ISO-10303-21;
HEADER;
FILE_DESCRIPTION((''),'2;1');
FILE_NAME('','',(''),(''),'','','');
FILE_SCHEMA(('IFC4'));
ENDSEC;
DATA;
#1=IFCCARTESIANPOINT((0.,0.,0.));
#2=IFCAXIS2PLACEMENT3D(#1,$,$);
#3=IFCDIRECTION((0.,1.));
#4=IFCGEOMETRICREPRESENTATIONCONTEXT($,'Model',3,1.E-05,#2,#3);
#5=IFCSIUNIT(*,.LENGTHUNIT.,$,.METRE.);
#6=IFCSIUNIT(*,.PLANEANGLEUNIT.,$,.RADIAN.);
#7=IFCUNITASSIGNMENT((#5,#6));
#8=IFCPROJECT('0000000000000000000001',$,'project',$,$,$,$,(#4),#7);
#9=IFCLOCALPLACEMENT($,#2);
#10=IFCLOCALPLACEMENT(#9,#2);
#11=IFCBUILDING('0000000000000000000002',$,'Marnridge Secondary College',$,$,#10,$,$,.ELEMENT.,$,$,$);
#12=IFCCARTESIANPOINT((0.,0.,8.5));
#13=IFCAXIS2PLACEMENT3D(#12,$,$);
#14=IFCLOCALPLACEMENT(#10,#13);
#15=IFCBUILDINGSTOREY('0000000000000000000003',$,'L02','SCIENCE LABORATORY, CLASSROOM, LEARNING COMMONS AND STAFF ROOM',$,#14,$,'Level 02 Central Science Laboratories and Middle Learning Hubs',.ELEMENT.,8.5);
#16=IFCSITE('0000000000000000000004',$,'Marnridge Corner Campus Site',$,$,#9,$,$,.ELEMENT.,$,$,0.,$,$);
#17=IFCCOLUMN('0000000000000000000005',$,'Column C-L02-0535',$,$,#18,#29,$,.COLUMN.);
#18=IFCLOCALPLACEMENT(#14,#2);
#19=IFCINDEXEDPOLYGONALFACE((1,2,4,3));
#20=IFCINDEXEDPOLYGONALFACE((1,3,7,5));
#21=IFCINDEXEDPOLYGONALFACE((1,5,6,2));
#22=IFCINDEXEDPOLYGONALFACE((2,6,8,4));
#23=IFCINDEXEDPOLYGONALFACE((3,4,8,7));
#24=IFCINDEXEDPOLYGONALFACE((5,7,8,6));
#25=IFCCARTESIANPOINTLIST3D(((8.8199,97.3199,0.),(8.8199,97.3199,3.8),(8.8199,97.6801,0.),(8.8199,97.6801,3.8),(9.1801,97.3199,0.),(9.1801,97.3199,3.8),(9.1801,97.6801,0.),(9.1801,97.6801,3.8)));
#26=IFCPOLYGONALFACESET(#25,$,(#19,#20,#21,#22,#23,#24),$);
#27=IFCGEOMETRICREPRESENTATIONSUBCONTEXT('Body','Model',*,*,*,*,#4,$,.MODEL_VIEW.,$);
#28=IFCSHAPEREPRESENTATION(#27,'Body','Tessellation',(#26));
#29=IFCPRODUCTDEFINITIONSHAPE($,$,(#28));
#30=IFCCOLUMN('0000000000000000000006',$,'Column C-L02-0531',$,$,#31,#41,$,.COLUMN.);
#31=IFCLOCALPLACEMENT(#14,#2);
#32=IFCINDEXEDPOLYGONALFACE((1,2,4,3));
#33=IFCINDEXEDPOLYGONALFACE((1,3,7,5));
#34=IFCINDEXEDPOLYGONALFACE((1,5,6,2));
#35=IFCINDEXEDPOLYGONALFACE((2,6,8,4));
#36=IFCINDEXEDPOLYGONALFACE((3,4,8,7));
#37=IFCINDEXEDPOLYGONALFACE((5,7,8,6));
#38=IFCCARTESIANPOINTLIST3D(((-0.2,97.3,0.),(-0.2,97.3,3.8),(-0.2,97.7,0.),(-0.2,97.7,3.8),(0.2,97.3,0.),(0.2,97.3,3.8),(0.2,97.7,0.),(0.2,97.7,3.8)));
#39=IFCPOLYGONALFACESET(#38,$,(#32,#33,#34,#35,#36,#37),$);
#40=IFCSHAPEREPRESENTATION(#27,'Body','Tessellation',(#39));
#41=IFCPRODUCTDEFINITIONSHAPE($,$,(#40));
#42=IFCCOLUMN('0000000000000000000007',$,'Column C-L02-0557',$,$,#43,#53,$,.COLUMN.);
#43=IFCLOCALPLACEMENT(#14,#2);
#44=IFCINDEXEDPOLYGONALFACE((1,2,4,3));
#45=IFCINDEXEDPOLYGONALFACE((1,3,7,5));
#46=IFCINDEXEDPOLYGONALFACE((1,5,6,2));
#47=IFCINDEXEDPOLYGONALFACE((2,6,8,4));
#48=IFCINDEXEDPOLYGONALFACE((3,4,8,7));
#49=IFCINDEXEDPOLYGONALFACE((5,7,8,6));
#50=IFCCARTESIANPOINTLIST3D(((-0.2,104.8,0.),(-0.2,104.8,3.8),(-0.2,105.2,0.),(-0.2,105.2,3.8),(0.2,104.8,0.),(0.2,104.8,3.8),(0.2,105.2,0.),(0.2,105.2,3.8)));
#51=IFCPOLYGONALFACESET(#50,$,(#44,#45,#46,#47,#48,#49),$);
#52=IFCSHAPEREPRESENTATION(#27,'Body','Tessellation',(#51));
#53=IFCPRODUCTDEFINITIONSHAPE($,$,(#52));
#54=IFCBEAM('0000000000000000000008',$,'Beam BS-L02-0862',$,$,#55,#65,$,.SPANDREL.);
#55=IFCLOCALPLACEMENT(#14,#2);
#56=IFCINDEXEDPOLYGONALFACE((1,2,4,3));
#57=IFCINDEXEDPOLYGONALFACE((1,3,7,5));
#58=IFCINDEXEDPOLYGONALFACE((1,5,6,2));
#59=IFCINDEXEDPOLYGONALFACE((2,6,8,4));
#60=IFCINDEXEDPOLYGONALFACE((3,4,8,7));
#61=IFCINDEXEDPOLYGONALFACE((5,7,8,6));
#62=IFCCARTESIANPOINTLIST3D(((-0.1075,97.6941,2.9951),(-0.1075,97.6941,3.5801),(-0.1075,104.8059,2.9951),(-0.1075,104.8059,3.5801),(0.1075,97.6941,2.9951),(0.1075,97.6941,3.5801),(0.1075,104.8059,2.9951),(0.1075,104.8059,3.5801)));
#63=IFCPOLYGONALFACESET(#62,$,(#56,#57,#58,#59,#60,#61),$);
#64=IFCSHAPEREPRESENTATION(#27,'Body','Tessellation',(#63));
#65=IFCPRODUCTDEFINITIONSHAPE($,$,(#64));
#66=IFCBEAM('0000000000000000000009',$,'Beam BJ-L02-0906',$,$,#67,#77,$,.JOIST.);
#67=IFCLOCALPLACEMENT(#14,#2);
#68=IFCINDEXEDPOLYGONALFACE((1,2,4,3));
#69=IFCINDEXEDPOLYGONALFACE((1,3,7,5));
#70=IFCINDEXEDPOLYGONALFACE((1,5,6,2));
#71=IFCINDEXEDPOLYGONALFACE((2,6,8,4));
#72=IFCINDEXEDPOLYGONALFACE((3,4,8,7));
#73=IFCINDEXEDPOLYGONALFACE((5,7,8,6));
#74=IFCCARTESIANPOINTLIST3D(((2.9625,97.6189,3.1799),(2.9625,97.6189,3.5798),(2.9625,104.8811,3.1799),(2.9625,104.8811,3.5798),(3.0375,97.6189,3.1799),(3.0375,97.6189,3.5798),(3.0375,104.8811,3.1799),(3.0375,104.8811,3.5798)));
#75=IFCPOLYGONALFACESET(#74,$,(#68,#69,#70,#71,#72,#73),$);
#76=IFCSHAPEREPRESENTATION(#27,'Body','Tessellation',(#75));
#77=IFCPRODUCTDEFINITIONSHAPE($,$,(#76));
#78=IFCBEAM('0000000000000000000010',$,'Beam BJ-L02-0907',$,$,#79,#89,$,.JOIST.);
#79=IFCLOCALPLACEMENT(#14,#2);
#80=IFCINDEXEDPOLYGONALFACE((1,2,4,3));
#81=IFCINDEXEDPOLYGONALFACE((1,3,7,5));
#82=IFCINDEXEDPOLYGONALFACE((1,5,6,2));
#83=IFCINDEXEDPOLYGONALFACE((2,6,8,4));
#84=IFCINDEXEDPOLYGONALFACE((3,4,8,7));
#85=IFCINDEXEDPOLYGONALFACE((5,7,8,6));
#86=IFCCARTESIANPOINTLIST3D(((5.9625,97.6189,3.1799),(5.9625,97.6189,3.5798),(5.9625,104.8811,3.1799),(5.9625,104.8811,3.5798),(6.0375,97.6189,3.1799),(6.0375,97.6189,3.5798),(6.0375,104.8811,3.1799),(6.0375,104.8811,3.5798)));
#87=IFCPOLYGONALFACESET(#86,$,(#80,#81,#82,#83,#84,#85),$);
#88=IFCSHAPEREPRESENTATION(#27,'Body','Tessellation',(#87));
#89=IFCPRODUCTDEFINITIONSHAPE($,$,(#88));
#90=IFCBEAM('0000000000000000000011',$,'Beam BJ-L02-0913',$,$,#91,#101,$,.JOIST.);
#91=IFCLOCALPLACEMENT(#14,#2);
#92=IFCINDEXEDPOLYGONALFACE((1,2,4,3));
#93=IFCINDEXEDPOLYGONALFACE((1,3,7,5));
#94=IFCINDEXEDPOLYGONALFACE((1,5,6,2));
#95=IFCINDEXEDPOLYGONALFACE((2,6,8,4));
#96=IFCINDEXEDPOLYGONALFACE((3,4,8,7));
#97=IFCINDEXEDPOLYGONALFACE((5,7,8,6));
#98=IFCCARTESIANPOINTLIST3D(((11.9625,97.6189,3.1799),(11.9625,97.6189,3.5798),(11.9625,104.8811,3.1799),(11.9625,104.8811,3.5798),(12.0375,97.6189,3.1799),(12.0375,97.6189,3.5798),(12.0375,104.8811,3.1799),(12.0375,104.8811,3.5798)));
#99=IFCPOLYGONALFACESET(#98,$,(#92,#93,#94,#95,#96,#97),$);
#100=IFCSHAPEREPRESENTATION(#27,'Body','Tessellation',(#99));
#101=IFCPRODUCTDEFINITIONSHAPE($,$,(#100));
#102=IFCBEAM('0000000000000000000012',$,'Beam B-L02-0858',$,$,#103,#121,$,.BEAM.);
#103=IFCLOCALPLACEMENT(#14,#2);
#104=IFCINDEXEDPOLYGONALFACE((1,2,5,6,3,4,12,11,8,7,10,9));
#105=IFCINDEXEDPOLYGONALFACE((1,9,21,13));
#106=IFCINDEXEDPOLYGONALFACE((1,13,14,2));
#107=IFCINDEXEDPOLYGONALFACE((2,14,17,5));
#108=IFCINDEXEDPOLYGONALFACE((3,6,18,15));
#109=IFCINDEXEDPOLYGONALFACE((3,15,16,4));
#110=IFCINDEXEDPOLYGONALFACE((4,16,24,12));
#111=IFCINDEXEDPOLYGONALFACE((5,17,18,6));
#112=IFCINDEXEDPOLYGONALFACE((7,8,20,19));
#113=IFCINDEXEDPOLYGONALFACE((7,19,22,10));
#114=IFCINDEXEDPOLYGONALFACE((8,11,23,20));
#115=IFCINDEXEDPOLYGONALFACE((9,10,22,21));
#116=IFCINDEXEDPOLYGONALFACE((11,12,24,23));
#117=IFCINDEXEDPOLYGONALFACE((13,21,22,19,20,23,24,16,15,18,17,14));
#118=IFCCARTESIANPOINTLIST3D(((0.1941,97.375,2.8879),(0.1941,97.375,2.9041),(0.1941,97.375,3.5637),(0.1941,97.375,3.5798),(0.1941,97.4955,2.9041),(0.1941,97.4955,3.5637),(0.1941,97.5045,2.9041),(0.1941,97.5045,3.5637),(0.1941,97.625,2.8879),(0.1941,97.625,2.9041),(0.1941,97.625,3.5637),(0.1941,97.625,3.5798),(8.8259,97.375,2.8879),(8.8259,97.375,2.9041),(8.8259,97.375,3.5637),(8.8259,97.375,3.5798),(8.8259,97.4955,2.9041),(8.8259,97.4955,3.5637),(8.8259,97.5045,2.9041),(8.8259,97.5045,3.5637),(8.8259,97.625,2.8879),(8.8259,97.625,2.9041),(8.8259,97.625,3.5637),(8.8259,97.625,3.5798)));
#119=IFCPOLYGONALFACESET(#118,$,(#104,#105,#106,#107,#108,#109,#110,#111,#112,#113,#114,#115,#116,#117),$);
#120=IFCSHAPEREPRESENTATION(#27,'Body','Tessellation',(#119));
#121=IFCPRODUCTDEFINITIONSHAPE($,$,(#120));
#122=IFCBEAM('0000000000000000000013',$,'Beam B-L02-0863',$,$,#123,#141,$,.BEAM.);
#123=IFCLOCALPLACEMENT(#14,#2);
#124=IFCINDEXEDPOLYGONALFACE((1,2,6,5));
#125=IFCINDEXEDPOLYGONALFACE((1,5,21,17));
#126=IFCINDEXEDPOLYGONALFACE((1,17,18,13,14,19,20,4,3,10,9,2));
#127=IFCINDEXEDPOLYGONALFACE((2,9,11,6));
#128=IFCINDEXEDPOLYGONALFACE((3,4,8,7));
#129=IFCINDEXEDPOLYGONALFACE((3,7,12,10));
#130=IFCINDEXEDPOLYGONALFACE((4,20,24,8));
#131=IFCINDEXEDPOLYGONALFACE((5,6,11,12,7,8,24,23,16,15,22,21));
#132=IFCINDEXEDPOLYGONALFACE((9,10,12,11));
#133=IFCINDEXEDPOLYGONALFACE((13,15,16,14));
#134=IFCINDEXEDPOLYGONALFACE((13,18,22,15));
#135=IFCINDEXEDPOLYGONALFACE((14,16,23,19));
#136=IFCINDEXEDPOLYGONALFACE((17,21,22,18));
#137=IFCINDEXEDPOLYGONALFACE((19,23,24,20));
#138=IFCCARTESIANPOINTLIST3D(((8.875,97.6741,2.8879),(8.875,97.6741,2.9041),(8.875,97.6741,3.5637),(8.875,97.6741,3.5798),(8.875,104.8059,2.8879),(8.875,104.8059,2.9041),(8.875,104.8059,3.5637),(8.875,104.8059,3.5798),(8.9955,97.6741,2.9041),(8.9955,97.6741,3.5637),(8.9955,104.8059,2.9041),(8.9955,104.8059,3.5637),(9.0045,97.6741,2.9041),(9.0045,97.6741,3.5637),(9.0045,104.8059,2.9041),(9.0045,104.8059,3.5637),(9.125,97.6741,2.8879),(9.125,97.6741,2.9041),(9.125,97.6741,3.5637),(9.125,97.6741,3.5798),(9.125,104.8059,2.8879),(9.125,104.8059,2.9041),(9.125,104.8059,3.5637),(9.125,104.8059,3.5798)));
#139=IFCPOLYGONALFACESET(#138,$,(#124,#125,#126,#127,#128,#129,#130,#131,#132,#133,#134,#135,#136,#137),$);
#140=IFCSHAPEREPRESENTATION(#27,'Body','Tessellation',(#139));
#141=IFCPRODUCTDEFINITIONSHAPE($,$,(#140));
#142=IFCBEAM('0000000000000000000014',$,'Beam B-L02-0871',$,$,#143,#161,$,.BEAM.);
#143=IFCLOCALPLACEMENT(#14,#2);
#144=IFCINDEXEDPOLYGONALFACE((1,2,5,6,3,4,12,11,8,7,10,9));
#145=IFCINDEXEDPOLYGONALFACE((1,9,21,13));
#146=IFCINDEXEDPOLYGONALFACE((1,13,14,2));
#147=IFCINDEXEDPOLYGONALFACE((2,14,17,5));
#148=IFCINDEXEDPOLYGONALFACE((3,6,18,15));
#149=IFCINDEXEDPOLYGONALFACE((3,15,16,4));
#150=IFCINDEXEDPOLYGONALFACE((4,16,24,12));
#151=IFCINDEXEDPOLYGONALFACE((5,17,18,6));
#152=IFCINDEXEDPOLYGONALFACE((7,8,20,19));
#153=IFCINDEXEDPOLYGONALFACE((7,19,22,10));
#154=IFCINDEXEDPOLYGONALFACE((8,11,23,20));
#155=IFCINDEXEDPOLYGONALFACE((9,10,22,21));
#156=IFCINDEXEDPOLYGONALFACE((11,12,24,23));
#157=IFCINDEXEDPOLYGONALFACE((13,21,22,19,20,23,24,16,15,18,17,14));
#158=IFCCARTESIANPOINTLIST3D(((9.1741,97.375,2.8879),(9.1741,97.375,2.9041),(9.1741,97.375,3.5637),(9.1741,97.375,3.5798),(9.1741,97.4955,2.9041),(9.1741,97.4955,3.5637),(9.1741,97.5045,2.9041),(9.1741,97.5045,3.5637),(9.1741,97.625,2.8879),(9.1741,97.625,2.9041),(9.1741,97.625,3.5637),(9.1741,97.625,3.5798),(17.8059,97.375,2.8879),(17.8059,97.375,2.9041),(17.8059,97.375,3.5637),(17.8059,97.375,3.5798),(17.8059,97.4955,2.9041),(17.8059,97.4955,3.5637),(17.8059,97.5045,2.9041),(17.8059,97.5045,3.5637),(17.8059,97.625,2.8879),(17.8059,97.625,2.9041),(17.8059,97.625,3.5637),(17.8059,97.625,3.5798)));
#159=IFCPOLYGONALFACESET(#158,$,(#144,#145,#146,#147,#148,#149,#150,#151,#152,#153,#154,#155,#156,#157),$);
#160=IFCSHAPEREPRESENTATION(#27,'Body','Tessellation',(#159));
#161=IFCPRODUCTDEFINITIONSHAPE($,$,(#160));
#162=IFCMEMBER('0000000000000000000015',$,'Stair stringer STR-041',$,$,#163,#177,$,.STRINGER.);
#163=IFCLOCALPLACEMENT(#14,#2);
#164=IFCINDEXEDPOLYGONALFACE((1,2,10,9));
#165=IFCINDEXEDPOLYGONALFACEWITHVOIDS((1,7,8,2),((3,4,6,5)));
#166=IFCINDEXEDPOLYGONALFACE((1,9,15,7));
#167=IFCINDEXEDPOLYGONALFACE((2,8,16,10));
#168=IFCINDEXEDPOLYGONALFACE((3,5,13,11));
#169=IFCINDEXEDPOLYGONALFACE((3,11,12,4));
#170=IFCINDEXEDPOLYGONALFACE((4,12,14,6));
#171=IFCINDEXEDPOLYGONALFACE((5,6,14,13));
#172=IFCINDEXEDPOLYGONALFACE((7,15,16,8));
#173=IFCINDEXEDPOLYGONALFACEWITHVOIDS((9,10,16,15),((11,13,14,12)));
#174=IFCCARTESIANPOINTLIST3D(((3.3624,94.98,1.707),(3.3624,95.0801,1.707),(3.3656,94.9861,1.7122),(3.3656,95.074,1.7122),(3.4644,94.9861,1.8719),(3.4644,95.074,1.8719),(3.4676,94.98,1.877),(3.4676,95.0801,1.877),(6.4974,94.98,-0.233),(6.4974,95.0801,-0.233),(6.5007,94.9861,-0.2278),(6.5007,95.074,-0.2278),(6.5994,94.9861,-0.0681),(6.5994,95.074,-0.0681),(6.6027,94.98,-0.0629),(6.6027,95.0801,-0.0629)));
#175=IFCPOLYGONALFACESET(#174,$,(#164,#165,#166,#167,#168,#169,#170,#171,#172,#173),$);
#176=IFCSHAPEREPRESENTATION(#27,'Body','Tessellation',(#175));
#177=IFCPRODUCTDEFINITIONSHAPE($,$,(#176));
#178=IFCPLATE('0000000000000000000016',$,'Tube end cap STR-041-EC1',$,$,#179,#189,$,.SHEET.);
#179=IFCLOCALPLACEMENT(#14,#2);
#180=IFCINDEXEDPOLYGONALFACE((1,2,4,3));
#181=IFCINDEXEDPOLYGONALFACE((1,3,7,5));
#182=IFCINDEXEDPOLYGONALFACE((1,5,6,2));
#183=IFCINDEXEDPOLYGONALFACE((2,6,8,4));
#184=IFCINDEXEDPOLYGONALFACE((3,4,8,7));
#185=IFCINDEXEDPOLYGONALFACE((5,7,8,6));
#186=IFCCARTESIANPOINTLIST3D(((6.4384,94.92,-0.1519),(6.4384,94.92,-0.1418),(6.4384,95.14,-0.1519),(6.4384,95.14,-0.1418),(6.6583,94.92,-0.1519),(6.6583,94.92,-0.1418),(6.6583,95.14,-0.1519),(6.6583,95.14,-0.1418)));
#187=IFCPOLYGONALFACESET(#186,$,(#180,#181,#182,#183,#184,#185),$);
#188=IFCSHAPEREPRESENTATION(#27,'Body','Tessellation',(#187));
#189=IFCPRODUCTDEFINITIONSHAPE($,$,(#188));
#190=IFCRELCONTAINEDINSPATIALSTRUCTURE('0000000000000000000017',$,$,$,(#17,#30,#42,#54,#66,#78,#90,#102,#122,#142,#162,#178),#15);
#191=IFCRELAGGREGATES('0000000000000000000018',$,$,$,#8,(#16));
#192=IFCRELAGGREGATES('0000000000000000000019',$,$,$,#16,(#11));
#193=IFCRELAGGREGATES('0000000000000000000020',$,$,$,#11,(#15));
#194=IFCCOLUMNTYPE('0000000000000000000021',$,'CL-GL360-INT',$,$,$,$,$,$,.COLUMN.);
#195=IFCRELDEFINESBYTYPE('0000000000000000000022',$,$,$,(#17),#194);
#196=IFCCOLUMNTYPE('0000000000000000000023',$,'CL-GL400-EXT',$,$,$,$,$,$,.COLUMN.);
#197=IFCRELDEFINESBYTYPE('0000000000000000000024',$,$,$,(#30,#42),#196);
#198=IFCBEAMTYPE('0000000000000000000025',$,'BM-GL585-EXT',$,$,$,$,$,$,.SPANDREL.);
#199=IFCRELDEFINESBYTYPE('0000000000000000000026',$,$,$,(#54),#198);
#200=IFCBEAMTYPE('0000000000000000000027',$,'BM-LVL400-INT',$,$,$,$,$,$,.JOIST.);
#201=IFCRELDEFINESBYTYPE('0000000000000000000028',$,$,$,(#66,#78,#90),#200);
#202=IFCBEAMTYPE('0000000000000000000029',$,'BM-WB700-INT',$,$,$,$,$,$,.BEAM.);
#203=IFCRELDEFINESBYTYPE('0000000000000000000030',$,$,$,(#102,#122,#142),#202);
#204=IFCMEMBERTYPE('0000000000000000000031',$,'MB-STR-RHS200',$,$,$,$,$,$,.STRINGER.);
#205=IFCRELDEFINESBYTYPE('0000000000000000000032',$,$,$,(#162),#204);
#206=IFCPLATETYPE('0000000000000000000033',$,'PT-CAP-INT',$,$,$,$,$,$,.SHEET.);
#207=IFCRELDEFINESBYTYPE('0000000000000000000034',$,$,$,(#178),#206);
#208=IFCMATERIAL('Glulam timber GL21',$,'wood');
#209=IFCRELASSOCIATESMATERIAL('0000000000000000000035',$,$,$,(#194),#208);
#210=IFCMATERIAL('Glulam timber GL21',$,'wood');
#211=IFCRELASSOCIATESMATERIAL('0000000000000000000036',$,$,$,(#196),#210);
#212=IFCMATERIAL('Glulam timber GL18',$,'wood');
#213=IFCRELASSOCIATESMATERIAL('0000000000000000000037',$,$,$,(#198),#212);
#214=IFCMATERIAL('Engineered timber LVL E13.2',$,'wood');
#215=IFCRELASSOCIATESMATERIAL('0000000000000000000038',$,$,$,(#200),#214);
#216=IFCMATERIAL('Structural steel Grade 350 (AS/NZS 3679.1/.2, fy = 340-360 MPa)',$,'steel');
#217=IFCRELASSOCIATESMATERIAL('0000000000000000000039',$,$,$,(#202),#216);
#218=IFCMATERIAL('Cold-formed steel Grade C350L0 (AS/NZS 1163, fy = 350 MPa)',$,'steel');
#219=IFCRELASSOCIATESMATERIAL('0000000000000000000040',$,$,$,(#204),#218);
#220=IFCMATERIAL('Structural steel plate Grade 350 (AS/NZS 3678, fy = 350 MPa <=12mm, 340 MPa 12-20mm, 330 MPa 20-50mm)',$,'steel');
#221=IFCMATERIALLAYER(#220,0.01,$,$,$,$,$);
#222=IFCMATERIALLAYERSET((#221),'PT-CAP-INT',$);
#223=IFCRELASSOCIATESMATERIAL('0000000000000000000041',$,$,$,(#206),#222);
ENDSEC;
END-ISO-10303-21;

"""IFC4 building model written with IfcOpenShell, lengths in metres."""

from ifc_helpers import new_model, si_unit, direction, frame, origin, origin_2d, place, context, subcontext, project, spatial, rectangle, hollow_rectangle, i_section, extrude, material, layer, layer_set, material_profile, profile_set, type_object, element, save


model = new_model("IFC4")

# Units and contexts
model_context = context("Model", 3, precision=1e-05, world=origin(), true_north=direction((0.0, 1.0)))
body_context = subcontext(model_context, "Body", "Model", "MODEL_VIEW")
ifc_project = project(units=[si_unit("LENGTHUNIT", "METRE"), si_unit("PLANEANGLEUNIT", "RADIAN")], contexts=[model_context])

# Site, building, storey
site_placement = place(None, origin())
site = spatial("IfcSite", under=ifc_project, at=site_placement, Name="Marnridge Corner Campus Site", CompositionType="ELEMENT", RefElevation=0.0)
building_placement = place(site_placement, origin())
building = spatial("IfcBuilding", under=site, at=building_placement, Name="Marnridge Secondary College", CompositionType="ELEMENT")
storey_placement = place(building_placement, frame((0.0, 0.0, 8.5)))
storey = spatial("IfcBuildingStorey", under=building, at=storey_placement, Name="L02", Description="SCIENCE LABORATORY, CLASSROOM, LEARNING COMMONS AND STAFF ROOM", LongName="Level 02 Central Science Laboratories and Middle Learning Hubs", CompositionType="ELEMENT", Elevation=8.5)

# Columns
ifc_material_1 = material(Name="Glulam timber GL21", Category="wood")
ifc_material_profile_1 = material_profile(ifc_material_1, rectangle(XDim=0.3601, YDim=0.3601, at=origin_2d()), Name="GL21 360x360")
ifc_profile_set_1 = profile_set([ifc_material_profile_1], Name="Glulam timber GL21")
column_type_1 = type_object("IfcColumnType", Name="CL-GL360-INT", PredefinedType="COLUMN", material=ifc_profile_set_1)
column_placement = place(storey_placement, frame((9.0, 97.5, 0.0), z_axis=(0.0, 0.0, 1.0), x_axis=(1.0, 0.0, 0.0)))
element("IfcColumn", 1, at=column_placement, inside=storey, type_object=column_type_1, Name="Column C-L02-0535", PredefinedType="COLUMN", context=body_context, shape_type="SweptSolid", body=[
    extrude(rectangle(XDim=0.3601, YDim=0.3601, at=origin_2d()), origin(), (0.0, 0.0, 1.0), 3.8),
])
ifc_material_2 = material(Name="Glulam timber GL21", Category="wood")
ifc_material_profile_2 = material_profile(ifc_material_2, rectangle(XDim=0.3999, YDim=0.3999, at=origin_2d()), Name="GL21 400x400")
ifc_profile_set_2 = profile_set([ifc_material_profile_2], Name="Glulam timber GL21")
column_type_2 = type_object("IfcColumnType", Name="CL-GL400-EXT", PredefinedType="COLUMN", material=ifc_profile_set_2)
for number, where, z_axis, x_axis, name in (
    (2, (0.0, 97.5, 0.0), (0.0, 0.0, 1.0), (1.0, 0.0, 0.0), "Column C-L02-0531"),
    (3, (0.0, 105.0, 0.0), (0.0, 0.0, 1.0), (1.0, 0.0, 0.0), "Column C-L02-0557"),
):
    element("IfcColumn", number, at=place(storey_placement, frame(where, z_axis=z_axis, x_axis=x_axis)), inside=storey, type_object=column_type_2, Name=name, PredefinedType="COLUMN", context=body_context, shape_type="SweptSolid", body=[
        extrude(rectangle(XDim=0.3999, YDim=0.3999, at=origin_2d()), origin(), (0.0, 0.0, 1.0), 3.8),
    ])

# Beams
ifc_material_3 = material(Name="Glulam timber GL18", Category="wood")
ifc_material_profile_3 = material_profile(ifc_material_3, rectangle(XDim=0.2151, YDim=0.585, at=origin_2d()), Name="GL18 215x585")
ifc_profile_set_3 = profile_set([ifc_material_profile_3], Name="Glulam timber GL18")
beam_type_1 = type_object("IfcBeamType", Name="BM-GL585-EXT", PredefinedType="SPANDREL", material=ifc_profile_set_3)
beam_1_placement = place(storey_placement, frame((0.0, 97.6941, 3.2876), z_axis=(0.0, 1.0, 0.0), x_axis=(-1.0, 0.0, 0.0)))
element("IfcBeam", 4, at=beam_1_placement, inside=storey, type_object=beam_type_1, Name="Beam BS-L02-0862", PredefinedType="SPANDREL", context=body_context, shape_type="SweptSolid", body=[
    extrude(rectangle(XDim=0.2151, YDim=0.585, at=origin_2d()), origin(), (0.0, 0.0, 1.0), 7.1118),
])
ifc_material_4 = material(Name="Engineered timber LVL E13.2", Category="wood")
ifc_material_profile_4 = material_profile(ifc_material_4, rectangle(XDim=0.075, YDim=0.3999, at=origin_2d()), Name="LVL 75x400")
ifc_profile_set_4 = profile_set([ifc_material_profile_4], Name="Engineered timber LVL E13.2")
beam_type_2 = type_object("IfcBeamType", Name="BM-LVL400-INT", PredefinedType="JOIST", material=ifc_profile_set_4)
for number, where, z_axis, x_axis, name in (
    (5, (3.0, 97.6189, 3.3799), (0.0, 1.0, 0.0), (-1.0, 0.0, 0.0), "Beam BJ-L02-0906"),
    (6, (6.0, 97.6189, 3.3799), (0.0, 1.0, 0.0), (-1.0, 0.0, 0.0), "Beam BJ-L02-0907"),
    (7, (12.0, 97.6189, 3.3799), (0.0, 1.0, 0.0), (-1.0, 0.0, 0.0), "Beam BJ-L02-0913"),
):
    element("IfcBeam", number, at=place(storey_placement, frame(where, z_axis=z_axis, x_axis=x_axis)), inside=storey, type_object=beam_type_2, Name=name, PredefinedType="JOIST", context=body_context, shape_type="SweptSolid", body=[
        extrude(rectangle(XDim=0.075, YDim=0.3999, at=origin_2d()), origin(), (0.0, 0.0, 1.0), 7.2622),
    ])
ifc_material_5 = material(Name="Structural steel Grade 350 (AS/NZS 3679.1/.2, fy = 340-360 MPa)", Category="steel")
ifc_material_profile_5 = material_profile(ifc_material_5, i_section(OverallWidth=0.25, OverallDepth=0.6919, WebThickness=0.009, FlangeThickness=0.0161, at=origin_2d()), Name="700WB115")
ifc_profile_set_5 = profile_set([ifc_material_profile_5], Name="Structural steel Grade 350 (AS/NZS 3679.1/.2, fy = 340-360 MPa)")
beam_type_3 = type_object("IfcBeamType", Name="BM-WB700-INT", PredefinedType="BEAM", material=ifc_profile_set_5)
beam_2_placement = place(storey_placement, frame((0.1941, 97.5, 3.2339), z_axis=(1.0, 0.0, 0.0), x_axis=(0.0, 1.0, 0.0)))
element("IfcBeam", 8, at=beam_2_placement, inside=storey, type_object=beam_type_3, Name="Beam B-L02-0858", PredefinedType="BEAM", context=body_context, shape_type="SweptSolid", body=[
    extrude(i_section(OverallWidth=0.25, OverallDepth=0.6919, WebThickness=0.009, FlangeThickness=0.0161, at=origin_2d()), origin(), (0.0, 0.0, 1.0), 8.6318),
])
beam_3_placement = place(storey_placement, frame((9.0, 97.6741, 3.2339), z_axis=(0.0, 1.0, 0.0), x_axis=(-1.0, 0.0, 0.0)))
element("IfcBeam", 9, at=beam_3_placement, inside=storey, type_object=beam_type_3, Name="Beam B-L02-0863", PredefinedType="BEAM", context=body_context, shape_type="SweptSolid", body=[
    extrude(i_section(OverallWidth=0.25, OverallDepth=0.6919, WebThickness=0.009, FlangeThickness=0.0161, at=origin_2d()), origin(), (0.0, 0.0, 1.0), 7.1318),
])
beam_4_placement = place(storey_placement, frame((9.1741, 97.5, 3.2339), z_axis=(1.0, 0.0, 0.0), x_axis=(0.0, 1.0, 0.0)))
element("IfcBeam", 10, at=beam_4_placement, inside=storey, type_object=beam_type_3, Name="Beam B-L02-0871", PredefinedType="BEAM", context=body_context, shape_type="SweptSolid", body=[
    extrude(i_section(OverallWidth=0.25, OverallDepth=0.6919, WebThickness=0.009, FlangeThickness=0.0161, at=origin_2d()), origin(), (0.0, 0.0, 1.0), 8.6318),
])

# Member
ifc_material_6 = material(Name="Cold-formed steel Grade C350L0 (AS/NZS 1163, fy = 350 MPa)", Category="steel")
ifc_material_profile_6 = material_profile(ifc_material_6, hollow_rectangle(XDim=0.1001, YDim=0.2, WallThickness=0.0061, at=origin_2d()), Name="200x100x6.0RHS")
ifc_profile_set_6 = profile_set([ifc_material_profile_6], Name="Cold-formed steel Grade C350L0 (AS/NZS 1163, fy = 350 MPa)")
member_type = type_object("IfcMemberType", Name="MB-STR-RHS200", PredefinedType="STRINGER", material=ifc_profile_set_6)
member_placement = place(storey_placement, frame((6.55, 95.03, -0.1479), z_axis=(-0.85036, 0.0, 0.526202), x_axis=(0.0, -1.0, 0.0)))
element("IfcMember", 11, at=member_placement, inside=storey, type_object=member_type, Name="Stair stringer STR-041", PredefinedType="STRINGER", context=body_context, shape_type="SweptSolid", body=[
    extrude(hollow_rectangle(XDim=0.1001, YDim=0.2, WallThickness=0.0061, at=origin_2d()), origin(), (0.0, 0.0, 1.0), 3.6868),
])

# Plate
ifc_material_7 = material(Name="Structural steel plate Grade 350 (AS/NZS 3678, fy = 350 MPa <=12mm, 340 MPa 12-20mm, 330 MPa 20-50mm)", Category="steel")
ifc_layer_1 = layer(ifc_material_7, 0.01)
ifc_layer_set_1 = layer_set([ifc_layer_1], Name="PT-CAP-INT")
plate_type = type_object("IfcPlateType", Name="PT-CAP-INT", PredefinedType="SHEET", material=ifc_layer_set_1)
plate_placement = place(storey_placement, frame((6.5483, 95.03, -0.1519), z_axis=(0.0, 0.0, 1.0), x_axis=(-1.0, 0.0, 0.0)))
element("IfcPlate", 12, at=plate_placement, inside=storey, type_object=plate_type, Name="Tube end cap STR-041-EC1", PredefinedType="SHEET", context=body_context, shape_type="SweptSolid", body=[
    extrude(rectangle(XDim=0.22, YDim=0.22, at=origin_2d()), origin(), (0.0, 0.0, 1.0), 0.01),
])

save(model, "model.ifc")
